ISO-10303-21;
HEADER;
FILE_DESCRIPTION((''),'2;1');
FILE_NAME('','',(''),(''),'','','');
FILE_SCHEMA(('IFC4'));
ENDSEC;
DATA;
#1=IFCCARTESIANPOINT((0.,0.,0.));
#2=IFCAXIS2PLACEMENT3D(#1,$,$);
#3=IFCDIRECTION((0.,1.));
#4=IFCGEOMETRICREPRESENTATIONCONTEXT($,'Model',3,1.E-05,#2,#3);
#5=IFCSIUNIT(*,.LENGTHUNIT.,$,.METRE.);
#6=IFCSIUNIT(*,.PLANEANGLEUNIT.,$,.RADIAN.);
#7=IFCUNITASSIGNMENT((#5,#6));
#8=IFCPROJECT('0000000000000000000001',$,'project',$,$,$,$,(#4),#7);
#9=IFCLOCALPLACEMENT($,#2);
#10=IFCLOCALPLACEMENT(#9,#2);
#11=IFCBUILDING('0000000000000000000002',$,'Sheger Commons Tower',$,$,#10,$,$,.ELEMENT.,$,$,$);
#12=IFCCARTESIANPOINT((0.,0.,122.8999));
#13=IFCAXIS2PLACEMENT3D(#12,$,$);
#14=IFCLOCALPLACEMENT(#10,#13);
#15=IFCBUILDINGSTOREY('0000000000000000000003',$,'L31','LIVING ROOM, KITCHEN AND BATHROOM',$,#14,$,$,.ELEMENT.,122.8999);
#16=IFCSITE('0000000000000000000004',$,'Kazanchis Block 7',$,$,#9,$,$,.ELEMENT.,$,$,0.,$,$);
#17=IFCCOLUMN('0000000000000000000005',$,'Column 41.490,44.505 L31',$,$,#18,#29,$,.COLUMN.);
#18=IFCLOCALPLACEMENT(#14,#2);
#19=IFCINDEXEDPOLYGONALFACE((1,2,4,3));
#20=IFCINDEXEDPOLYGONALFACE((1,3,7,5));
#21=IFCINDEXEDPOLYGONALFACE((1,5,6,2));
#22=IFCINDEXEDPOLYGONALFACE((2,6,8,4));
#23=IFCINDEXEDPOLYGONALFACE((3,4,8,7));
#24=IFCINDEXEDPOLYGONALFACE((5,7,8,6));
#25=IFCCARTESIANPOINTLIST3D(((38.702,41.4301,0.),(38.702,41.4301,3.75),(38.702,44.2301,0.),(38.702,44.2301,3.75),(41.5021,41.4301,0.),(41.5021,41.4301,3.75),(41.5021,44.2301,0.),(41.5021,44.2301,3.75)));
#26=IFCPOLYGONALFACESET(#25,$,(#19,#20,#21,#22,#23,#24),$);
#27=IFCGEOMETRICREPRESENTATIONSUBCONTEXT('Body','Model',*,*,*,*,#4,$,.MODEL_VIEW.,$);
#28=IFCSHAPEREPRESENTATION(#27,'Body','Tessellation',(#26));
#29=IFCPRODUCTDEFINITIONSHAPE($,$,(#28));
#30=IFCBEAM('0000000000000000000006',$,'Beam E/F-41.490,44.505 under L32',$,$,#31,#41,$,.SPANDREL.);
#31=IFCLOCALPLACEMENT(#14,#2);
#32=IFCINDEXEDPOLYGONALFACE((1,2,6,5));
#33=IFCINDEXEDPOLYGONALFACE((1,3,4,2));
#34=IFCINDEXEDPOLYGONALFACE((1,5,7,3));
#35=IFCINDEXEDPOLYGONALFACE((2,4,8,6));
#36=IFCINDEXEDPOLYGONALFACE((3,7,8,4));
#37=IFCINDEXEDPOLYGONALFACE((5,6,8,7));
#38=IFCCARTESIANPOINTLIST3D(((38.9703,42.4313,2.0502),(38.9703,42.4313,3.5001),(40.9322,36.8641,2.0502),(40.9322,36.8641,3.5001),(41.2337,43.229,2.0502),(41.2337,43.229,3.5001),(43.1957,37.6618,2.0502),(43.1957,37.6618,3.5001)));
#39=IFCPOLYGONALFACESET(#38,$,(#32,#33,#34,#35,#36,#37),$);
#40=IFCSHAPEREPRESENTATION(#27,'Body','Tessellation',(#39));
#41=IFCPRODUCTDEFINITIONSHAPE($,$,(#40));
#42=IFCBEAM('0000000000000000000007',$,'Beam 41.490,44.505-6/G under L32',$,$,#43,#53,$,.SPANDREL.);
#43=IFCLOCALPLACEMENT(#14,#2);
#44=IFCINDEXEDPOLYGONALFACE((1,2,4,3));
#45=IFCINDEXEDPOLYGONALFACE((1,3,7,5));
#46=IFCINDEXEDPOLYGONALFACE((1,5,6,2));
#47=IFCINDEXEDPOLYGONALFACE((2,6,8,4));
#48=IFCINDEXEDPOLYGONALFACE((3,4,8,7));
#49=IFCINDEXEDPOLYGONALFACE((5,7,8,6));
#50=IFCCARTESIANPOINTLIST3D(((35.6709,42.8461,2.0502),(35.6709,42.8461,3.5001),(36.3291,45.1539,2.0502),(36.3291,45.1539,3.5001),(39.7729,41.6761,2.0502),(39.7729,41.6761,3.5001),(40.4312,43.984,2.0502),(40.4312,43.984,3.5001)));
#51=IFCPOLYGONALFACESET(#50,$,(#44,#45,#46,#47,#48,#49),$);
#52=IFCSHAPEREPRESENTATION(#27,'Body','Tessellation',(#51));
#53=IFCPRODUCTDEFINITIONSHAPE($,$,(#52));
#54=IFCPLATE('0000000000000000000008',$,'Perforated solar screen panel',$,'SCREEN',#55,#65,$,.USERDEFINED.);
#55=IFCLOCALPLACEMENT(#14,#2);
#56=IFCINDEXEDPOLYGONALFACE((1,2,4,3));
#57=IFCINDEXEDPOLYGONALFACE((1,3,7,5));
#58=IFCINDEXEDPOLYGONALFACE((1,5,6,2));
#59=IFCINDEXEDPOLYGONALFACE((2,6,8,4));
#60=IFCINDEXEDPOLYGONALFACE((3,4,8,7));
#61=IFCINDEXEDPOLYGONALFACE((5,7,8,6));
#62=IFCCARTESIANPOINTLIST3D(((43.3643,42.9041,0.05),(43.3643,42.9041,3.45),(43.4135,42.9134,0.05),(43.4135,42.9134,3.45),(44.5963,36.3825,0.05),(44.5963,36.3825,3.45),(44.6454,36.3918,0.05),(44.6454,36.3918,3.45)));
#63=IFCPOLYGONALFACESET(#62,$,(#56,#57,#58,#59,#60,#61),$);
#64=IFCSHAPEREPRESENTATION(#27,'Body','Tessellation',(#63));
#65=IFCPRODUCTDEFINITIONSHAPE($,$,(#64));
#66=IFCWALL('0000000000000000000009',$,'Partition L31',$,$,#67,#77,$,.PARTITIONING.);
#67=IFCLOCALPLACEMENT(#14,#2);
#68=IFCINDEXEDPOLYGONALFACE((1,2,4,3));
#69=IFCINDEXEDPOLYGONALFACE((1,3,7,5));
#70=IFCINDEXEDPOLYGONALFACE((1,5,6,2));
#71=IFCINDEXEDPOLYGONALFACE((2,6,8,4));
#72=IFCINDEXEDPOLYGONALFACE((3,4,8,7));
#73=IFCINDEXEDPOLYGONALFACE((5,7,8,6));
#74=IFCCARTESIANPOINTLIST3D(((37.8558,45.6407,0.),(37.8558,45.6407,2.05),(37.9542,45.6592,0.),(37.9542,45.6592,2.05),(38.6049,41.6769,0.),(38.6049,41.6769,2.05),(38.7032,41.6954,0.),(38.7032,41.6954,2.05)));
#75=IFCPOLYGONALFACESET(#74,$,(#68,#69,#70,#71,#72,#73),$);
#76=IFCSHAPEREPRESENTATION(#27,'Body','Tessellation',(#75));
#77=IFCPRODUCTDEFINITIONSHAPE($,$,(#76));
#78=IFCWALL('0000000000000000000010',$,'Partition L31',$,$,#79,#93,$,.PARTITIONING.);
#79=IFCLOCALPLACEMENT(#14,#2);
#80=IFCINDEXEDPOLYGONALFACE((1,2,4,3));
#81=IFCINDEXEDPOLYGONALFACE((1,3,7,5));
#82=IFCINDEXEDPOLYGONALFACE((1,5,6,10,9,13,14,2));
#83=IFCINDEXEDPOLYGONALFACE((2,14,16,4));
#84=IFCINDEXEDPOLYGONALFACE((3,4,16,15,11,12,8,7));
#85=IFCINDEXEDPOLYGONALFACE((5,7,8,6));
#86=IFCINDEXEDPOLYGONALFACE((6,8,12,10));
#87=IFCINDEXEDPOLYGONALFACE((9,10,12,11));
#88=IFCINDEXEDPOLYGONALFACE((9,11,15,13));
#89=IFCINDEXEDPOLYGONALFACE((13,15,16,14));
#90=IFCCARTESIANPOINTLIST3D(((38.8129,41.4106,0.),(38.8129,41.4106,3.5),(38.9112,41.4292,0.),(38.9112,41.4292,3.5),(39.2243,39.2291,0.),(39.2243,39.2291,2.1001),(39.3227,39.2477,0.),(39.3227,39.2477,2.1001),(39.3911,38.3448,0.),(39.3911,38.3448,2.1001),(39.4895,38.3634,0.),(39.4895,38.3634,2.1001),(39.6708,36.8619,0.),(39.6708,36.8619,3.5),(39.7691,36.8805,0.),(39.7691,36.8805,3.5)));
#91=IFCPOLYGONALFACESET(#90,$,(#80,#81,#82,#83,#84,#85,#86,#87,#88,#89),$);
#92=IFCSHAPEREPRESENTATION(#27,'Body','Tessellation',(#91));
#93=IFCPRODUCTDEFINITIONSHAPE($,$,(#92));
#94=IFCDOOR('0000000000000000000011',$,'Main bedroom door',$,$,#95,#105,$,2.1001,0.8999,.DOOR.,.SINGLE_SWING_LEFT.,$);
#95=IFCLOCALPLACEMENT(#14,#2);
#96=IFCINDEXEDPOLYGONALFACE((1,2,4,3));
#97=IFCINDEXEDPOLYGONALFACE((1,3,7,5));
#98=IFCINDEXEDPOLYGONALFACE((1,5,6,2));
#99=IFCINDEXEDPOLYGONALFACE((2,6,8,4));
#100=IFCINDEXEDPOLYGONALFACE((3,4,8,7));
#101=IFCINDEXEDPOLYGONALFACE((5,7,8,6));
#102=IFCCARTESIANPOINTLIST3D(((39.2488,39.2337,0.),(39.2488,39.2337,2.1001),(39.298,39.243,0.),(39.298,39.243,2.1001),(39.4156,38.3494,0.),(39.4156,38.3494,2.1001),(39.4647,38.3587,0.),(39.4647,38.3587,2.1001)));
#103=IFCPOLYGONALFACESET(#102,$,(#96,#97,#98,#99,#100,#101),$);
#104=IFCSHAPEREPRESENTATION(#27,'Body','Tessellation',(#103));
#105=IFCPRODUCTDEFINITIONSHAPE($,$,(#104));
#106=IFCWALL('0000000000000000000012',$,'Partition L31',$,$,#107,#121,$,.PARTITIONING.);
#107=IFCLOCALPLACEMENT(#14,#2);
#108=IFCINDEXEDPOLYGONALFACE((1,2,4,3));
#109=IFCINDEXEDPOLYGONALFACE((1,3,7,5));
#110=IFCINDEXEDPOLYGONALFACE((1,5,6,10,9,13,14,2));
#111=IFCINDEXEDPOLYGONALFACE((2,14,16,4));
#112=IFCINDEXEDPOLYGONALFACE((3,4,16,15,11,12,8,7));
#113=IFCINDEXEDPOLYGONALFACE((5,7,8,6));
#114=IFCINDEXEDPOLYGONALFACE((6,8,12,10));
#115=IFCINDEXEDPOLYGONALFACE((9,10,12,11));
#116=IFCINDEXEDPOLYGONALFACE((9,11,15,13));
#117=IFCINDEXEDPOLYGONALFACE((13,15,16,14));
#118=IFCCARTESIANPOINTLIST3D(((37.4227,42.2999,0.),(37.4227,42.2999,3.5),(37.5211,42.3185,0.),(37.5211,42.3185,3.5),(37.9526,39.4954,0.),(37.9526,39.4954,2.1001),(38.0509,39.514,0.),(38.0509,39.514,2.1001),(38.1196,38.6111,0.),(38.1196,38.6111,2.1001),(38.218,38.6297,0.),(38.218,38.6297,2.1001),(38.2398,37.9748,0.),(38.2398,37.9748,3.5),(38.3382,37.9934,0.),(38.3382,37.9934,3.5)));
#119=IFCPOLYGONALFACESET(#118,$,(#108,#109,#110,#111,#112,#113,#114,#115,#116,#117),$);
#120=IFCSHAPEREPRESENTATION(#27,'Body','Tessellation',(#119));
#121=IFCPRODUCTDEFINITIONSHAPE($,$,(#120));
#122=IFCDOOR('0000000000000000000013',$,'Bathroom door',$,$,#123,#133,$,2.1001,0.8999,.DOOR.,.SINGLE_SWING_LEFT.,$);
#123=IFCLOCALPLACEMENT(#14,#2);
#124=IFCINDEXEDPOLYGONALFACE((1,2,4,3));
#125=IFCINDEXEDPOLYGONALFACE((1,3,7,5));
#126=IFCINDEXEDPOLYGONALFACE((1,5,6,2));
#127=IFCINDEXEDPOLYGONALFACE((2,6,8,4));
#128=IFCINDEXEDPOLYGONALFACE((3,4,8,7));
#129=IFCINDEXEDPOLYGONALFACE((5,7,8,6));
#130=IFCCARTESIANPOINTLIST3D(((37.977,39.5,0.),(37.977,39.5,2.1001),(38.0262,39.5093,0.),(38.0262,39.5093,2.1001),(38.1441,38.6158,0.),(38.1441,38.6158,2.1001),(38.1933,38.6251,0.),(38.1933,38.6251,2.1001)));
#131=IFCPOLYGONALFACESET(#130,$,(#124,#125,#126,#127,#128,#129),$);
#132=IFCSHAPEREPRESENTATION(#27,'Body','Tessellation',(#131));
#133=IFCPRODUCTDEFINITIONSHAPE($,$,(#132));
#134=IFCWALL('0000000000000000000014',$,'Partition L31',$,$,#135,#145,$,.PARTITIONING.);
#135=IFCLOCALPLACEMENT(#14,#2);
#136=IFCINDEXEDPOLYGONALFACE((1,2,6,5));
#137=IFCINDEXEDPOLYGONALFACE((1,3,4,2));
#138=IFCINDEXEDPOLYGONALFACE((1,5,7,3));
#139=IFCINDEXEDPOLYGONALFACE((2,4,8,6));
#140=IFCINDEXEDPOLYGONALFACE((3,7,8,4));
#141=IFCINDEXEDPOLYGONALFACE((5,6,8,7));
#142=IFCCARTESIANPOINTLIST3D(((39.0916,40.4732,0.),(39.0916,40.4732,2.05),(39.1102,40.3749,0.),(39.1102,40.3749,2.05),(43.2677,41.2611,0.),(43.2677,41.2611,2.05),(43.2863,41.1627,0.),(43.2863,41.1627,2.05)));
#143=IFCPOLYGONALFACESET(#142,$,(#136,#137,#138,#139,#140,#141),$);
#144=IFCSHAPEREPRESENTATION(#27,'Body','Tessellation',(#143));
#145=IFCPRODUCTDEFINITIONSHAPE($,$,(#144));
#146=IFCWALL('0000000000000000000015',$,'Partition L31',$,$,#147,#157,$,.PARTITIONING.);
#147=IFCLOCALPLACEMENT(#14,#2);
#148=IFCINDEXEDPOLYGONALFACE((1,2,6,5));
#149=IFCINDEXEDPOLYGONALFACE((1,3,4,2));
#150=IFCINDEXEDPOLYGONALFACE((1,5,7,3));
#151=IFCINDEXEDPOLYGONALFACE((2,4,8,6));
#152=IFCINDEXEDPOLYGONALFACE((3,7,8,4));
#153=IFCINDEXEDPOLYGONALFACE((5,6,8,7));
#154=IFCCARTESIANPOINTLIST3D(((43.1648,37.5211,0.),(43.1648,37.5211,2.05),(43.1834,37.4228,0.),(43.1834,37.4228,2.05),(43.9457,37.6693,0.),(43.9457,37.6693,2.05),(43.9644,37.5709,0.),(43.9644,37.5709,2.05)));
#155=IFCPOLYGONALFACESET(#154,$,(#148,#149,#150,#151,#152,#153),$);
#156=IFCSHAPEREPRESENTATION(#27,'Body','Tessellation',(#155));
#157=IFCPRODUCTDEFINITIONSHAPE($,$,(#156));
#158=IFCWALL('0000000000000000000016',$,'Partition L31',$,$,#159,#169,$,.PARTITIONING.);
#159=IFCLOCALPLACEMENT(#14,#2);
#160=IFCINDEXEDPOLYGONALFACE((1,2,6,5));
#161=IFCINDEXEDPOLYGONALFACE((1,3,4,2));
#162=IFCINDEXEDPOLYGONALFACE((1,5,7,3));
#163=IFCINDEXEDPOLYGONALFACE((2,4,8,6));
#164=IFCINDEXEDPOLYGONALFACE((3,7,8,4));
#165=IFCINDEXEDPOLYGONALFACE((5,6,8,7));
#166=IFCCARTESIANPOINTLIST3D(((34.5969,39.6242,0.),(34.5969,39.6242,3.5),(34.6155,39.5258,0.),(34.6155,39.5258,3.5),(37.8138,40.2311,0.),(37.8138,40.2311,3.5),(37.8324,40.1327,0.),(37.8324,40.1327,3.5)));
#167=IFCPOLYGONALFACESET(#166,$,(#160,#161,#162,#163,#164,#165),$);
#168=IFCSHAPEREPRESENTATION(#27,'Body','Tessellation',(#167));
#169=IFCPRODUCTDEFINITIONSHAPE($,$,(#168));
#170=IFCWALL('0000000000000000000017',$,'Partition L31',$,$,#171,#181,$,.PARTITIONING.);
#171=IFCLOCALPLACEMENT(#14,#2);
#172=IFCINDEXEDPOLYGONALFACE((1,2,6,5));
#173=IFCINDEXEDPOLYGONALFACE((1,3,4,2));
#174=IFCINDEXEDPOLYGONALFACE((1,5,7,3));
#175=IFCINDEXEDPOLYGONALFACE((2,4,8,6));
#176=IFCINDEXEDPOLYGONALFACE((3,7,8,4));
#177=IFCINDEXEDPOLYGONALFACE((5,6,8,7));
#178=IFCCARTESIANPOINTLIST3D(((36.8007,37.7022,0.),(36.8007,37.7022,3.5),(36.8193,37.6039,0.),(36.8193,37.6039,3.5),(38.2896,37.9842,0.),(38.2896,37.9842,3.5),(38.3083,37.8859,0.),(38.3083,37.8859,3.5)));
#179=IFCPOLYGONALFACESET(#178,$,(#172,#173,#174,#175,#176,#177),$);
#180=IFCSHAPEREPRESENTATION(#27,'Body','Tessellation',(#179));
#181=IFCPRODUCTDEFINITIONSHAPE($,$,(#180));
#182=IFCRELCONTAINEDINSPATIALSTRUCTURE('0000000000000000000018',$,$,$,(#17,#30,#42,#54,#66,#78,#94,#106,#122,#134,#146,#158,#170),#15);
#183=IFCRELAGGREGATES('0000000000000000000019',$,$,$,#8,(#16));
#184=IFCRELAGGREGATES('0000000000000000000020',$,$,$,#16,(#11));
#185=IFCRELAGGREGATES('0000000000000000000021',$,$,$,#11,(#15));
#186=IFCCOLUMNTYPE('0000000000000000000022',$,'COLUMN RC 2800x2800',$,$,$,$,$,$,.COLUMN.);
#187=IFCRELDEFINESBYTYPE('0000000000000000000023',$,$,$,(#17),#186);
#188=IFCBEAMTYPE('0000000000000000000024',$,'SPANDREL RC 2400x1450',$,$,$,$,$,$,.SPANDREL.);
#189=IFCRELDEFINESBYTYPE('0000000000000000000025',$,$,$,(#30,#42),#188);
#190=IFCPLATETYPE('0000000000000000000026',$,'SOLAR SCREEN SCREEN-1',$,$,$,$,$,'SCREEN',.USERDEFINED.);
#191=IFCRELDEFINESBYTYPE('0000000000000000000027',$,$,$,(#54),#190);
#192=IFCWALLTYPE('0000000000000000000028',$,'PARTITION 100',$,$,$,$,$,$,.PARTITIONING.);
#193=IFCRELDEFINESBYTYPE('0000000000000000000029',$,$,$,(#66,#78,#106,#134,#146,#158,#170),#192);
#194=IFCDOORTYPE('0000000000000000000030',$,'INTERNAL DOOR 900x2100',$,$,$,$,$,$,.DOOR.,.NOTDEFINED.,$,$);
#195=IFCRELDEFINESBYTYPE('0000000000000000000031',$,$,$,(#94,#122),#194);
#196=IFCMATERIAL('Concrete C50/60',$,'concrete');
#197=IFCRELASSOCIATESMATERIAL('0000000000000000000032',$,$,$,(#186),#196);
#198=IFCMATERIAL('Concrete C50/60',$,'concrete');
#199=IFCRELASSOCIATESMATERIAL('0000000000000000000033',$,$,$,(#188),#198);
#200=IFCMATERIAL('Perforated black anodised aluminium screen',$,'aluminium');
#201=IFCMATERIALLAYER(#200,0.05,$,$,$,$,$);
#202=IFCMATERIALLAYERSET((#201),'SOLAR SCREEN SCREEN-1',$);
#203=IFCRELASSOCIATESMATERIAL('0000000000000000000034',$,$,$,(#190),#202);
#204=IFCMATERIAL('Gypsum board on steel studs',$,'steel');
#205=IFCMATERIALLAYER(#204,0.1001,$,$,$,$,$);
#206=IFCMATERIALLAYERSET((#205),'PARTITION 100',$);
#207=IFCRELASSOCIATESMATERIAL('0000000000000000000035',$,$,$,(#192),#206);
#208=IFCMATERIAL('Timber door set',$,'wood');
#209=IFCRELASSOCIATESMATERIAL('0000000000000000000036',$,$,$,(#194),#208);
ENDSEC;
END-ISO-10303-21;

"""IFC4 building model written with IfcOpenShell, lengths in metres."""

from ifc_helpers import new_model, si_unit, direction, frame, frame_2d, origin, origin_2d, place, context, subcontext, project, spatial, rectangle, extrude, material, layer, layer_set, material_profile, profile_set, type_object, element, fill, save


model = new_model("IFC4")

# Units and contexts
model_context = context("Model", 3, precision=1e-05, world=origin(), true_north=direction((0.0, 1.0)))
body_context = subcontext(model_context, "Body", "Model", "MODEL_VIEW")
ifc_project = project(units=[si_unit("LENGTHUNIT", "METRE"), si_unit("PLANEANGLEUNIT", "RADIAN")], contexts=[model_context])

# Site, building, storey
site_placement = place(None, origin())
site = spatial("IfcSite", under=ifc_project, at=site_placement, Name="Kazanchis Block 7", CompositionType="ELEMENT", RefElevation=0.0)
building_placement = place(site_placement, origin())
building = spatial("IfcBuilding", under=site, at=building_placement, Name="Sheger Commons Tower", CompositionType="ELEMENT")
storey_placement = place(building_placement, frame((0.0, 0.0, 122.8999)))
storey = spatial("IfcBuildingStorey", under=building, at=storey_placement, Name="L31", Description="LIVING ROOM, KITCHEN AND BATHROOM", CompositionType="ELEMENT", Elevation=122.8999)

# Column
ifc_material_1 = material(Name="Concrete C50/60", Category="concrete")
ifc_material_profile_1 = material_profile(ifc_material_1, rectangle(XDim=2.8, YDim=2.8, at=origin_2d()), Name="RC 2800x2800")
ifc_profile_set_1 = profile_set([ifc_material_profile_1], Name="Concrete C50/60")
column_type = type_object("IfcColumnType", Name="COLUMN RC 2800x2800", PredefinedType="COLUMN", material=ifc_profile_set_1)
column_placement = place(storey_placement, frame((40.1021, 42.8301, 0.0), z_axis=(0.0, 0.0, 1.0), x_axis=(1.0, 0.0, 0.0)))
element("IfcColumn", 1, at=column_placement, inside=storey, type_object=column_type, Name="Column 41.490,44.505 L31", PredefinedType="COLUMN", context=body_context, shape_type="SweptSolid", body=[
    extrude(rectangle(XDim=2.8, YDim=2.8, at=origin_2d()), origin(), (0.0, 0.0, 1.0), 3.75),
])

# Beams
ifc_material_2 = material(Name="Concrete C50/60", Category="concrete")
ifc_material_profile_2 = material_profile(ifc_material_2, rectangle(XDim=2.3999, YDim=1.45, at=origin_2d()), Name="RC 2400x1450")
ifc_profile_set_2 = profile_set([ifc_material_profile_2], Name="Concrete C50/60")
beam_type = type_object("IfcBeamType", Name="SPANDREL RC 2400x1450", PredefinedType="SPANDREL", material=ifc_profile_set_2)
beam_1_placement = place(storey_placement, frame((42.064, 37.2629, 2.7751), z_axis=(-0.332374, 0.943148, 0.0), x_axis=(-0.943148, -0.332374, 0.0)))
element("IfcBeam", 2, at=beam_1_placement, inside=storey, type_object=beam_type, Name="Beam E/F-41.490,44.505 under L32", PredefinedType="SPANDREL", context=body_context, shape_type="SweptSolid", body=[
    extrude(rectangle(XDim=2.3999, YDim=1.45, at=origin_2d()), origin(), (0.0, 0.0, 1.0), 5.9028),
])
beam_2_placement = place(storey_placement, frame((40.1021, 42.8301, 2.7751), z_axis=(-0.961653, 0.274268, 0.0), x_axis=(-0.274268, -0.961653, 0.0)))
element("IfcBeam", 3, at=beam_2_placement, inside=storey, type_object=beam_type, Name="Beam 41.490,44.505-6/G under L32", PredefinedType="SPANDREL", context=body_context, shape_type="SweptSolid", body=[
    extrude(rectangle(XDim=2.3999, YDim=1.45, at=origin_2d()), origin(), (0.0, 0.0, 1.0), 4.2656),
])

# Plate
ifc_material_3 = material(Name="Perforated black anodised aluminium screen", Category="aluminium")
ifc_layer_1 = layer(ifc_material_3, 0.05)
ifc_layer_set_1 = layer_set([ifc_layer_1], Name="SOLAR SCREEN SCREEN-1")
plate_type = type_object("IfcPlateType", Name="SOLAR SCREEN SCREEN-1", ElementType="SCREEN", PredefinedType="USERDEFINED", material=ifc_layer_set_1)
plate_placement = place(storey_placement, frame((44.0049, 39.6479, 0.05), z_axis=(0.0, 0.0, 1.0), x_axis=(-0.185615, 0.982623, 0.0)))
element("IfcPlate", 4, at=plate_placement, inside=storey, type_object=plate_type, Name="Perforated solar screen panel", ObjectType="SCREEN", PredefinedType="USERDEFINED", context=body_context, shape_type="SweptSolid", body=[
    extrude(rectangle(XDim=6.637, YDim=0.05, at=origin_2d()), origin(), (0.0, 0.0, 1.0), 3.3999),
])

# Wall
ifc_material_4 = material(Name="Gypsum board on steel studs", Category="steel")
ifc_layer_2 = layer(ifc_material_4, 0.1001)
ifc_layer_set_2 = layer_set([ifc_layer_2], Name="PARTITION 100")
wall_type = type_object("IfcWallType", Name="PARTITION 100", PredefinedType="PARTITIONING", material=ifc_layer_set_2)
wall_1_placement = place(storey_placement, frame((38.6541, 41.686, 0.0), z_axis=(0.0, 0.0, 1.0), x_axis=(-0.185677, 0.982611, 0.0)))
element("IfcWall", 5, at=wall_1_placement, inside=storey, type_object=wall_type, Name="Partition L31", PredefinedType="PARTITIONING", context=body_context, shape_type="SweptSolid", body=[
    extrude(rectangle(XDim=4.0339, YDim=0.1001, at=frame_2d((2.0171, 0.0))), origin(), (0.0, 0.0, 1.0), 2.05),
])

# Walls, openings, doors
wall_2_placement = place(storey_placement, frame((38.8621, 41.4199, 0.0), z_axis=(0.0, 0.0, 1.0), x_axis=(0.185333, -0.982676, 0.0)))
wall_2 = element("IfcWall", 6, at=wall_2_placement, inside=storey, type_object=wall_type, Name="Partition L31", PredefinedType="PARTITIONING", context=body_context, shape_type="SweptSolid", body=[
    extrude(rectangle(XDim=4.6289, YDim=0.1001, at=frame_2d((2.3145, 0.0))), origin(), (0.0, 0.0, 1.0), 3.5),
])
opening_1_placement = place(wall_2_placement, frame((2.22, 0.0, 0.0)))
opening_1 = element("IfcOpeningElement", 7, at=opening_1_placement, cuts=wall_2, PredefinedType="OPENING", context=body_context, shape_type="SweptSolid", body=[
    extrude(rectangle(XDim=0.8999, YDim=2.1001, at=frame_2d((0.45, 1.05))), frame((0.0, 0.0601, 0.0), z_axis=(0.0, -1.0, 0.0), x_axis=(1.0, 0.0, 0.0)), (0.0, 0.0, 1.0), 0.1201),
])
ifc_material_5 = material(Name="Timber door set", Category="wood")
door_type = type_object("IfcDoorType", Name="INTERNAL DOOR 900x2100", OperationType="NOTDEFINED", PredefinedType="DOOR", material=ifc_material_5)
door_1_placement = place(opening_1_placement, origin())
door_1 = element("IfcDoor", 8, at=door_1_placement, inside=storey, type_object=door_type, Name="Main bedroom door", OperationType="SINGLE_SWING_LEFT", OverallHeight=2.1001, OverallWidth=0.8999, PredefinedType="DOOR", context=body_context, shape_type="SweptSolid", body=[
    extrude(rectangle(XDim=0.8999, YDim=2.1001, at=frame_2d((0.45, 1.05))), frame((0.0, 0.0249, 0.0), z_axis=(0.0, -1.0, 0.0), x_axis=(1.0, 0.0, 0.0)), (0.0, 0.0, 1.0), 0.05),
])
fill(opening_1, door_1)
wall_3_placement = place(storey_placement, frame((37.4719, 42.3091, 0.0), z_axis=(0.0, 0.0, 1.0), x_axis=(0.185641, -0.982618, 0.0)))
wall_3 = element("IfcWall", 9, at=wall_3_placement, inside=storey, type_object=wall_type, Name="Partition L31", PredefinedType="PARTITIONING", context=body_context, shape_type="SweptSolid", body=[
    extrude(rectangle(XDim=4.4016, YDim=0.1001, at=frame_2d((2.2007, 0.0))), origin(), (0.0, 0.0, 1.0), 3.5),
])
opening_2_placement = place(wall_3_placement, frame((2.854, 0.0, 0.0)))
opening_2 = element("IfcOpeningElement", 10, at=opening_2_placement, cuts=wall_3, PredefinedType="OPENING", context=body_context, shape_type="SweptSolid", body=[
    extrude(rectangle(XDim=0.8999, YDim=2.1001, at=frame_2d((0.45, 1.05))), frame((0.0, 0.0601, 0.0), z_axis=(0.0, -1.0, 0.0), x_axis=(1.0, 0.0, 0.0)), (0.0, 0.0, 1.0), 0.1201),
])
door_2_placement = place(opening_2_placement, origin())
door_2 = element("IfcDoor", 11, at=door_2_placement, inside=storey, type_object=door_type, Name="Bathroom door", OperationType="SINGLE_SWING_LEFT", OverallHeight=2.1001, OverallWidth=0.8999, PredefinedType="DOOR", context=body_context, shape_type="SweptSolid", body=[
    extrude(rectangle(XDim=0.8999, YDim=2.1001, at=frame_2d((0.45, 1.05))), frame((0.0, 0.0249, 0.0), z_axis=(0.0, -1.0, 0.0), x_axis=(1.0, 0.0, 0.0)), (0.0, 0.0, 1.0), 0.05),
])
fill(opening_2, door_2)

# Walls
wall_4_placement = place(storey_placement, frame((43.2771, 41.2119, 0.0), z_axis=(0.0, 0.0, 1.0), x_axis=(-0.982665, -0.185388, 0.0)))
element("IfcWall", 12, at=wall_4_placement, inside=storey, type_object=wall_type, Name="Partition L31", PredefinedType="PARTITIONING", context=body_context, shape_type="SweptSolid", body=[
    extrude(rectangle(XDim=4.2498, YDim=0.1001, at=frame_2d((2.125, 0.0))), origin(), (0.0, 0.0, 1.0), 2.05),
])
wall_5_placement = place(storey_placement, frame((43.9551, 37.6201, 0.0), z_axis=(0.0, 0.0, 1.0), x_axis=(-0.98247, -0.186421, 0.0)))
element("IfcWall", 13, at=wall_5_placement, inside=storey, type_object=wall_type, Name="Partition L31", PredefinedType="PARTITIONING", context=body_context, shape_type="SweptSolid", body=[
    extrude(rectangle(XDim=0.7949, YDim=0.1001, at=frame_2d((0.3975, 0.0))), origin(), (0.0, 0.0, 1.0), 2.05),
])
wall_6_placement = place(storey_placement, frame((37.823, 40.1819, 0.0), z_axis=(0.0, 0.0, 1.0), x_axis=(-0.982665, -0.185392, 0.0)))
element("IfcWall", 14, at=wall_6_placement, inside=storey, type_object=wall_type, Name="Partition L31", PredefinedType="PARTITIONING", context=body_context, shape_type="SweptSolid", body=[
    extrude(rectangle(XDim=3.2737, YDim=0.1001, at=frame_2d((1.6367, 0.0))), origin(), (0.0, 0.0, 1.0), 3.5),
])
wall_7_placement = place(storey_placement, frame((38.2991, 37.9351, 0.0), z_axis=(0.0, 0.0, 1.0), x_axis=(-0.982537, -0.186068, 0.0)))
element("IfcWall", 15, at=wall_7_placement, inside=storey, type_object=wall_type, Name="Partition L31", PredefinedType="PARTITIONING", context=body_context, shape_type="SweptSolid", body=[
    extrude(rectangle(XDim=1.5154, YDim=0.1001, at=frame_2d((0.7578, 0.0))), origin(), (0.0, 0.0, 1.0), 3.5),
])

save(model, "model.ifc")
